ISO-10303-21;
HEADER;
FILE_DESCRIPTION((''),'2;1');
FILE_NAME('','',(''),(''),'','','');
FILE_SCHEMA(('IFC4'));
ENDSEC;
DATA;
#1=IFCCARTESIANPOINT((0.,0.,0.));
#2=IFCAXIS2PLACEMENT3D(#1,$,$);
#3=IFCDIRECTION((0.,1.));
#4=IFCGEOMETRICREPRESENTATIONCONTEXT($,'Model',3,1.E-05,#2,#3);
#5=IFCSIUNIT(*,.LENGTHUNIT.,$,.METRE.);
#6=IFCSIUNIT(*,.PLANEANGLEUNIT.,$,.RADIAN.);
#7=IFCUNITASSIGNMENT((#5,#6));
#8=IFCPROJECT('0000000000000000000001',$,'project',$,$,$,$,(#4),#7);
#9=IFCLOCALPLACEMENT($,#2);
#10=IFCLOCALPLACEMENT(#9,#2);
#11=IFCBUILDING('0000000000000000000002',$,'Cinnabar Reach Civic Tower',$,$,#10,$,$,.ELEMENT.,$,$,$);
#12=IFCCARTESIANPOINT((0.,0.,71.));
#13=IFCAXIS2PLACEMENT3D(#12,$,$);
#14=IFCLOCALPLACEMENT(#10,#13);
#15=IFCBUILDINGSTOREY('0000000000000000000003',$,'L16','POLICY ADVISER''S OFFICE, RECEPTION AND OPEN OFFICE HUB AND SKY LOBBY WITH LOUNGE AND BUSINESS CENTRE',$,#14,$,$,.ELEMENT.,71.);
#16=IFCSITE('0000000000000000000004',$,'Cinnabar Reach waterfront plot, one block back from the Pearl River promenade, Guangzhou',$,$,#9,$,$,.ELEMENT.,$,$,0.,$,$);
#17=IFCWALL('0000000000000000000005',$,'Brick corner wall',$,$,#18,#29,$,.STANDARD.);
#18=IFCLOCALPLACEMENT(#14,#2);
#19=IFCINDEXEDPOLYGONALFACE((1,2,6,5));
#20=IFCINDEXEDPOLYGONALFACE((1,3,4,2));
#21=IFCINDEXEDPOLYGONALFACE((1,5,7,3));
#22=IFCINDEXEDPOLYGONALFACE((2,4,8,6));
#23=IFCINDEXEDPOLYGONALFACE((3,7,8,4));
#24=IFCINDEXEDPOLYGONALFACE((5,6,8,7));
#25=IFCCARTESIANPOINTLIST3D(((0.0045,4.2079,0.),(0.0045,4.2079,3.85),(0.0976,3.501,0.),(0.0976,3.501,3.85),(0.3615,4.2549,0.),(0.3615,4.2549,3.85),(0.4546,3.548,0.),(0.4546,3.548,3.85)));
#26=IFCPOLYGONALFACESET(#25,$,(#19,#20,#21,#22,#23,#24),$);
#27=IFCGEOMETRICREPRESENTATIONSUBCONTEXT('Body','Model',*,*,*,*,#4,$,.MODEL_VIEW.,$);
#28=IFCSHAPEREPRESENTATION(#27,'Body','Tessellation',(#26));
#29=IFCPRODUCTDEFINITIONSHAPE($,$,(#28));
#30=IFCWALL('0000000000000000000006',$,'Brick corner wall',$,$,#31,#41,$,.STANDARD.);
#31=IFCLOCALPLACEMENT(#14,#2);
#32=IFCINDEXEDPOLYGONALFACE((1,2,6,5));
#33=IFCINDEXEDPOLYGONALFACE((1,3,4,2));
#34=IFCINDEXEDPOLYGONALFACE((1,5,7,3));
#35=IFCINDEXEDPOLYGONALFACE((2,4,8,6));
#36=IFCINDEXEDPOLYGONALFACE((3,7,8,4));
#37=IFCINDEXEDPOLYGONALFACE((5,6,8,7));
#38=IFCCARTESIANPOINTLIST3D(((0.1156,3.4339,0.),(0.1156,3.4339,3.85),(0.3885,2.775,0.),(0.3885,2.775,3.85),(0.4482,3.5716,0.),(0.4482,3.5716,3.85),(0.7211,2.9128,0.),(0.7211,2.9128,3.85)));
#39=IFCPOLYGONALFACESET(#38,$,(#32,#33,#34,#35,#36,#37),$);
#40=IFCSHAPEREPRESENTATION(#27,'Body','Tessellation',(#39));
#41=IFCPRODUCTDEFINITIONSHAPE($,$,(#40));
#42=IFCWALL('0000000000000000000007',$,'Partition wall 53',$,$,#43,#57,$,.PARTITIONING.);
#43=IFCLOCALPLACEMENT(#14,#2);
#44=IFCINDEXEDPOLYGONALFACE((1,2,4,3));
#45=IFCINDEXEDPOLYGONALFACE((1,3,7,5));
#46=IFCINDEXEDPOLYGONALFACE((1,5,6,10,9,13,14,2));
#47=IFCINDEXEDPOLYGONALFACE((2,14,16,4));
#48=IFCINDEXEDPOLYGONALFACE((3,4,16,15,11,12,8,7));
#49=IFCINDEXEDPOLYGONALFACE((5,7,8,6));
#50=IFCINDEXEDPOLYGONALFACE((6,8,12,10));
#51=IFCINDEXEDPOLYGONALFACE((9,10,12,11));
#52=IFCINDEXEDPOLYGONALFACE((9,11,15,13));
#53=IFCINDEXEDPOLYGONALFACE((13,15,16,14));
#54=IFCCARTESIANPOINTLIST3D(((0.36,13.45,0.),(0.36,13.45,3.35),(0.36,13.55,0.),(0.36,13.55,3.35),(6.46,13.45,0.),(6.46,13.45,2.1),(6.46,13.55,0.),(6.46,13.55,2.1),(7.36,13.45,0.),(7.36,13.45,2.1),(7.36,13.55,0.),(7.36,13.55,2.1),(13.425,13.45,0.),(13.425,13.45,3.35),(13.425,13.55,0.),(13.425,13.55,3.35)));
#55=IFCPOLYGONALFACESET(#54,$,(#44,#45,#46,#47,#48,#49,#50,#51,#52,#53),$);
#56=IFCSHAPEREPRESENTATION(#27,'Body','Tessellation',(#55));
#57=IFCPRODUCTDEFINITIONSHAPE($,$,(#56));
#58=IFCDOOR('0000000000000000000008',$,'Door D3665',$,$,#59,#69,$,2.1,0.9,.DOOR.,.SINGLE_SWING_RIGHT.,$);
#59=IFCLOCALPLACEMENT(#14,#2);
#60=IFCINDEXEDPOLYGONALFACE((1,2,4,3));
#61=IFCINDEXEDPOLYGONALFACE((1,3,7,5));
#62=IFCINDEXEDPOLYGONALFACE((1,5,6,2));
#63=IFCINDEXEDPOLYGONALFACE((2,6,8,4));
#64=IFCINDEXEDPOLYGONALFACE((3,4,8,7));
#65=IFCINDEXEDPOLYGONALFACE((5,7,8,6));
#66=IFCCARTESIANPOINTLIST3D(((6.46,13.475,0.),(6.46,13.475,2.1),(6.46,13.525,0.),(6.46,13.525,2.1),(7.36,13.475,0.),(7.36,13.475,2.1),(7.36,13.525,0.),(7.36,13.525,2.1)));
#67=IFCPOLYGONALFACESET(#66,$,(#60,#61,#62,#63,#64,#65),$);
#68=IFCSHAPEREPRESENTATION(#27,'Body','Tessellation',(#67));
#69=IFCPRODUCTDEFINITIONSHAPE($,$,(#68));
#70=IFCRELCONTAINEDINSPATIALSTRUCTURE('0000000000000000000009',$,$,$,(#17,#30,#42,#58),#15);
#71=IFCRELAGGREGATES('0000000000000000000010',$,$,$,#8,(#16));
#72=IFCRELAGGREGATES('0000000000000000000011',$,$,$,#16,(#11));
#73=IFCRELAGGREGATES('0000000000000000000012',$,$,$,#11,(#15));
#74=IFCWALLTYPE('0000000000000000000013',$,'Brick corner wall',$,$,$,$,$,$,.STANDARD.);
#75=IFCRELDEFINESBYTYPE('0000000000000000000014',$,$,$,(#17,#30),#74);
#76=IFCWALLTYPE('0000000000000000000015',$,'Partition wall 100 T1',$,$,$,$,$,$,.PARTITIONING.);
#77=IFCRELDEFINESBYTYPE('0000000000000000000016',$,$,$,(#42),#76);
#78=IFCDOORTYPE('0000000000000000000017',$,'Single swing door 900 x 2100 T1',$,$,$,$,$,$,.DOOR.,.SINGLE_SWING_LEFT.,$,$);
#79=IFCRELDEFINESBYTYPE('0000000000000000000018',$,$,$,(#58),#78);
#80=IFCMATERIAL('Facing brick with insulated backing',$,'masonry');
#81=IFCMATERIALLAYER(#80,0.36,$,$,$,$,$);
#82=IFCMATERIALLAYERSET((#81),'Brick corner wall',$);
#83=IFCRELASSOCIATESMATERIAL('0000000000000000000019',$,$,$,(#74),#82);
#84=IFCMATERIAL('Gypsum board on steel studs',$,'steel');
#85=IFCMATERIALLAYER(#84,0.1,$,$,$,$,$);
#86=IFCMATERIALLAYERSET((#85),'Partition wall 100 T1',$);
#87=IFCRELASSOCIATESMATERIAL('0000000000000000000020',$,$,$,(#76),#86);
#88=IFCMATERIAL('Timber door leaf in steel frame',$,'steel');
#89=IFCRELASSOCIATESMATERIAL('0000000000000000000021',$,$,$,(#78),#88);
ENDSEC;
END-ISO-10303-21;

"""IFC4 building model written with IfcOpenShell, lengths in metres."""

from ifc_helpers import new_model, si_unit, direction, frame, frame_2d, origin, place, context, subcontext, project, spatial, rectangle, extrude, material, layer, layer_set, type_object, element, fill, save


model = new_model("IFC4")

# Units and contexts
model_context = context("Model", 3, precision=1e-05, world=origin(), true_north=direction((0.0, 1.0)))
body_context = subcontext(model_context, "Body", "Model", "MODEL_VIEW")
ifc_project = project(units=[si_unit("LENGTHUNIT", "METRE"), si_unit("PLANEANGLEUNIT", "RADIAN")], contexts=[model_context])

# Site, building, storey
site_placement = place(None, origin())
site = spatial("IfcSite", under=ifc_project, at=site_placement, Name="Cinnabar Reach waterfront plot, one block back from the Pearl River promenade, Guangzhou", CompositionType="ELEMENT", RefElevation=0.0)
building_placement = place(site_placement, origin())
building = spatial("IfcBuilding", under=site, at=building_placement, Name="Cinnabar Reach Civic Tower", CompositionType="ELEMENT")
storey_placement = place(building_placement, frame((0.0, 0.0, 71.0)))
storey = spatial("IfcBuildingStorey", under=building, at=storey_placement, Name="L16", Description="POLICY ADVISER'S OFFICE, RECEPTION AND OPEN OFFICE HUB AND SKY LOBBY WITH LOUNGE AND BUSINESS CENTRE", CompositionType="ELEMENT", Elevation=71.0)

# Walls
ifc_material_1 = material(Name="Facing brick with insulated backing", Category="masonry")
ifc_layer_1 = layer(ifc_material_1, 0.36)
ifc_layer_set_1 = layer_set([ifc_layer_1], Name="Brick corner wall")
wall_type_1 = type_object("IfcWallType", Name="Brick corner wall", PredefinedType="STANDARD", material=ifc_layer_set_1)
for number, where, z_axis, x_axis, name in (
    (1, (0.183, 4.2314, 0.0), (0.0, 0.0, 1.0), (0.130556, -0.991441, 0.0), "Brick corner wall"),
    (2, (0.2819, 3.5027, 0.0), (0.0, 0.0, 1.0), (0.382703, -0.923872, 0.0), "Brick corner wall"),
):
    element("IfcWall", number, at=place(storey_placement, frame(where, z_axis=z_axis, x_axis=x_axis)), inside=storey, type_object=wall_type_1, Name=name, PredefinedType="STANDARD", context=body_context, shape_type="SweptSolid", body=[
        extrude(rectangle(XDim=0.7131, YDim=0.36, at=frame_2d((0.3565, 0.0))), origin(), (0.0, 0.0, 1.0), 3.85),
    ])

# Wall, opening, door
ifc_material_2 = material(Name="Gypsum board on steel studs", Category="steel")
ifc_layer_2 = layer(ifc_material_2, 0.1)
ifc_layer_set_2 = layer_set([ifc_layer_2], Name="Partition wall 100 T1")
wall_type_2 = type_object("IfcWallType", Name="Partition wall 100 T1", PredefinedType="PARTITIONING", material=ifc_layer_set_2)
wall_placement = place(storey_placement, frame((0.36, 13.5, 0.0), z_axis=(0.0, 0.0, 1.0), x_axis=(1.0, 0.0, 0.0)))
wall = element("IfcWall", 3, at=wall_placement, inside=storey, type_object=wall_type_2, Name="Partition wall 53", PredefinedType="PARTITIONING", context=body_context, shape_type="SweptSolid", body=[
    extrude(rectangle(XDim=13.065, YDim=0.1, at=frame_2d((6.5325, 0.0))), origin(), (0.0, 0.0, 1.0), 3.35),
])
opening_placement = place(wall_placement, frame((6.1, 0.0, 0.0)))
opening = element("IfcOpeningElement", 4, at=opening_placement, cuts=wall, PredefinedType="OPENING", context=body_context, shape_type="SweptSolid", body=[
    extrude(rectangle(XDim=0.9, YDim=2.1, at=frame_2d((0.45, 1.05))), frame((0.0, 0.06, 0.0), z_axis=(0.0, -1.0, 0.0), x_axis=(1.0, 0.0, 0.0)), (0.0, 0.0, 1.0), 0.12),
])
ifc_material_3 = material(Name="Timber door leaf in steel frame", Category="steel")
door_type = type_object("IfcDoorType", Name="Single swing door 900 x 2100 T1", OperationType="SINGLE_SWING_LEFT", PredefinedType="DOOR", material=ifc_material_3)
door_placement = place(opening_placement, origin())
door = element("IfcDoor", 5, at=door_placement, inside=storey, type_object=door_type, Name="Door D3665", OperationType="SINGLE_SWING_RIGHT", OverallHeight=2.1, OverallWidth=0.9, PredefinedType="DOOR", context=body_context, shape_type="SweptSolid", body=[
    extrude(rectangle(XDim=0.9, YDim=2.1, at=frame_2d((0.45, 1.05))), frame((0.0, 0.025, 0.0), z_axis=(0.0, -1.0, 0.0), x_axis=(1.0, 0.0, 0.0)), (0.0, 0.0, 1.0), 0.05),
])
fill(opening, door)

save(model, "model.ifc")
